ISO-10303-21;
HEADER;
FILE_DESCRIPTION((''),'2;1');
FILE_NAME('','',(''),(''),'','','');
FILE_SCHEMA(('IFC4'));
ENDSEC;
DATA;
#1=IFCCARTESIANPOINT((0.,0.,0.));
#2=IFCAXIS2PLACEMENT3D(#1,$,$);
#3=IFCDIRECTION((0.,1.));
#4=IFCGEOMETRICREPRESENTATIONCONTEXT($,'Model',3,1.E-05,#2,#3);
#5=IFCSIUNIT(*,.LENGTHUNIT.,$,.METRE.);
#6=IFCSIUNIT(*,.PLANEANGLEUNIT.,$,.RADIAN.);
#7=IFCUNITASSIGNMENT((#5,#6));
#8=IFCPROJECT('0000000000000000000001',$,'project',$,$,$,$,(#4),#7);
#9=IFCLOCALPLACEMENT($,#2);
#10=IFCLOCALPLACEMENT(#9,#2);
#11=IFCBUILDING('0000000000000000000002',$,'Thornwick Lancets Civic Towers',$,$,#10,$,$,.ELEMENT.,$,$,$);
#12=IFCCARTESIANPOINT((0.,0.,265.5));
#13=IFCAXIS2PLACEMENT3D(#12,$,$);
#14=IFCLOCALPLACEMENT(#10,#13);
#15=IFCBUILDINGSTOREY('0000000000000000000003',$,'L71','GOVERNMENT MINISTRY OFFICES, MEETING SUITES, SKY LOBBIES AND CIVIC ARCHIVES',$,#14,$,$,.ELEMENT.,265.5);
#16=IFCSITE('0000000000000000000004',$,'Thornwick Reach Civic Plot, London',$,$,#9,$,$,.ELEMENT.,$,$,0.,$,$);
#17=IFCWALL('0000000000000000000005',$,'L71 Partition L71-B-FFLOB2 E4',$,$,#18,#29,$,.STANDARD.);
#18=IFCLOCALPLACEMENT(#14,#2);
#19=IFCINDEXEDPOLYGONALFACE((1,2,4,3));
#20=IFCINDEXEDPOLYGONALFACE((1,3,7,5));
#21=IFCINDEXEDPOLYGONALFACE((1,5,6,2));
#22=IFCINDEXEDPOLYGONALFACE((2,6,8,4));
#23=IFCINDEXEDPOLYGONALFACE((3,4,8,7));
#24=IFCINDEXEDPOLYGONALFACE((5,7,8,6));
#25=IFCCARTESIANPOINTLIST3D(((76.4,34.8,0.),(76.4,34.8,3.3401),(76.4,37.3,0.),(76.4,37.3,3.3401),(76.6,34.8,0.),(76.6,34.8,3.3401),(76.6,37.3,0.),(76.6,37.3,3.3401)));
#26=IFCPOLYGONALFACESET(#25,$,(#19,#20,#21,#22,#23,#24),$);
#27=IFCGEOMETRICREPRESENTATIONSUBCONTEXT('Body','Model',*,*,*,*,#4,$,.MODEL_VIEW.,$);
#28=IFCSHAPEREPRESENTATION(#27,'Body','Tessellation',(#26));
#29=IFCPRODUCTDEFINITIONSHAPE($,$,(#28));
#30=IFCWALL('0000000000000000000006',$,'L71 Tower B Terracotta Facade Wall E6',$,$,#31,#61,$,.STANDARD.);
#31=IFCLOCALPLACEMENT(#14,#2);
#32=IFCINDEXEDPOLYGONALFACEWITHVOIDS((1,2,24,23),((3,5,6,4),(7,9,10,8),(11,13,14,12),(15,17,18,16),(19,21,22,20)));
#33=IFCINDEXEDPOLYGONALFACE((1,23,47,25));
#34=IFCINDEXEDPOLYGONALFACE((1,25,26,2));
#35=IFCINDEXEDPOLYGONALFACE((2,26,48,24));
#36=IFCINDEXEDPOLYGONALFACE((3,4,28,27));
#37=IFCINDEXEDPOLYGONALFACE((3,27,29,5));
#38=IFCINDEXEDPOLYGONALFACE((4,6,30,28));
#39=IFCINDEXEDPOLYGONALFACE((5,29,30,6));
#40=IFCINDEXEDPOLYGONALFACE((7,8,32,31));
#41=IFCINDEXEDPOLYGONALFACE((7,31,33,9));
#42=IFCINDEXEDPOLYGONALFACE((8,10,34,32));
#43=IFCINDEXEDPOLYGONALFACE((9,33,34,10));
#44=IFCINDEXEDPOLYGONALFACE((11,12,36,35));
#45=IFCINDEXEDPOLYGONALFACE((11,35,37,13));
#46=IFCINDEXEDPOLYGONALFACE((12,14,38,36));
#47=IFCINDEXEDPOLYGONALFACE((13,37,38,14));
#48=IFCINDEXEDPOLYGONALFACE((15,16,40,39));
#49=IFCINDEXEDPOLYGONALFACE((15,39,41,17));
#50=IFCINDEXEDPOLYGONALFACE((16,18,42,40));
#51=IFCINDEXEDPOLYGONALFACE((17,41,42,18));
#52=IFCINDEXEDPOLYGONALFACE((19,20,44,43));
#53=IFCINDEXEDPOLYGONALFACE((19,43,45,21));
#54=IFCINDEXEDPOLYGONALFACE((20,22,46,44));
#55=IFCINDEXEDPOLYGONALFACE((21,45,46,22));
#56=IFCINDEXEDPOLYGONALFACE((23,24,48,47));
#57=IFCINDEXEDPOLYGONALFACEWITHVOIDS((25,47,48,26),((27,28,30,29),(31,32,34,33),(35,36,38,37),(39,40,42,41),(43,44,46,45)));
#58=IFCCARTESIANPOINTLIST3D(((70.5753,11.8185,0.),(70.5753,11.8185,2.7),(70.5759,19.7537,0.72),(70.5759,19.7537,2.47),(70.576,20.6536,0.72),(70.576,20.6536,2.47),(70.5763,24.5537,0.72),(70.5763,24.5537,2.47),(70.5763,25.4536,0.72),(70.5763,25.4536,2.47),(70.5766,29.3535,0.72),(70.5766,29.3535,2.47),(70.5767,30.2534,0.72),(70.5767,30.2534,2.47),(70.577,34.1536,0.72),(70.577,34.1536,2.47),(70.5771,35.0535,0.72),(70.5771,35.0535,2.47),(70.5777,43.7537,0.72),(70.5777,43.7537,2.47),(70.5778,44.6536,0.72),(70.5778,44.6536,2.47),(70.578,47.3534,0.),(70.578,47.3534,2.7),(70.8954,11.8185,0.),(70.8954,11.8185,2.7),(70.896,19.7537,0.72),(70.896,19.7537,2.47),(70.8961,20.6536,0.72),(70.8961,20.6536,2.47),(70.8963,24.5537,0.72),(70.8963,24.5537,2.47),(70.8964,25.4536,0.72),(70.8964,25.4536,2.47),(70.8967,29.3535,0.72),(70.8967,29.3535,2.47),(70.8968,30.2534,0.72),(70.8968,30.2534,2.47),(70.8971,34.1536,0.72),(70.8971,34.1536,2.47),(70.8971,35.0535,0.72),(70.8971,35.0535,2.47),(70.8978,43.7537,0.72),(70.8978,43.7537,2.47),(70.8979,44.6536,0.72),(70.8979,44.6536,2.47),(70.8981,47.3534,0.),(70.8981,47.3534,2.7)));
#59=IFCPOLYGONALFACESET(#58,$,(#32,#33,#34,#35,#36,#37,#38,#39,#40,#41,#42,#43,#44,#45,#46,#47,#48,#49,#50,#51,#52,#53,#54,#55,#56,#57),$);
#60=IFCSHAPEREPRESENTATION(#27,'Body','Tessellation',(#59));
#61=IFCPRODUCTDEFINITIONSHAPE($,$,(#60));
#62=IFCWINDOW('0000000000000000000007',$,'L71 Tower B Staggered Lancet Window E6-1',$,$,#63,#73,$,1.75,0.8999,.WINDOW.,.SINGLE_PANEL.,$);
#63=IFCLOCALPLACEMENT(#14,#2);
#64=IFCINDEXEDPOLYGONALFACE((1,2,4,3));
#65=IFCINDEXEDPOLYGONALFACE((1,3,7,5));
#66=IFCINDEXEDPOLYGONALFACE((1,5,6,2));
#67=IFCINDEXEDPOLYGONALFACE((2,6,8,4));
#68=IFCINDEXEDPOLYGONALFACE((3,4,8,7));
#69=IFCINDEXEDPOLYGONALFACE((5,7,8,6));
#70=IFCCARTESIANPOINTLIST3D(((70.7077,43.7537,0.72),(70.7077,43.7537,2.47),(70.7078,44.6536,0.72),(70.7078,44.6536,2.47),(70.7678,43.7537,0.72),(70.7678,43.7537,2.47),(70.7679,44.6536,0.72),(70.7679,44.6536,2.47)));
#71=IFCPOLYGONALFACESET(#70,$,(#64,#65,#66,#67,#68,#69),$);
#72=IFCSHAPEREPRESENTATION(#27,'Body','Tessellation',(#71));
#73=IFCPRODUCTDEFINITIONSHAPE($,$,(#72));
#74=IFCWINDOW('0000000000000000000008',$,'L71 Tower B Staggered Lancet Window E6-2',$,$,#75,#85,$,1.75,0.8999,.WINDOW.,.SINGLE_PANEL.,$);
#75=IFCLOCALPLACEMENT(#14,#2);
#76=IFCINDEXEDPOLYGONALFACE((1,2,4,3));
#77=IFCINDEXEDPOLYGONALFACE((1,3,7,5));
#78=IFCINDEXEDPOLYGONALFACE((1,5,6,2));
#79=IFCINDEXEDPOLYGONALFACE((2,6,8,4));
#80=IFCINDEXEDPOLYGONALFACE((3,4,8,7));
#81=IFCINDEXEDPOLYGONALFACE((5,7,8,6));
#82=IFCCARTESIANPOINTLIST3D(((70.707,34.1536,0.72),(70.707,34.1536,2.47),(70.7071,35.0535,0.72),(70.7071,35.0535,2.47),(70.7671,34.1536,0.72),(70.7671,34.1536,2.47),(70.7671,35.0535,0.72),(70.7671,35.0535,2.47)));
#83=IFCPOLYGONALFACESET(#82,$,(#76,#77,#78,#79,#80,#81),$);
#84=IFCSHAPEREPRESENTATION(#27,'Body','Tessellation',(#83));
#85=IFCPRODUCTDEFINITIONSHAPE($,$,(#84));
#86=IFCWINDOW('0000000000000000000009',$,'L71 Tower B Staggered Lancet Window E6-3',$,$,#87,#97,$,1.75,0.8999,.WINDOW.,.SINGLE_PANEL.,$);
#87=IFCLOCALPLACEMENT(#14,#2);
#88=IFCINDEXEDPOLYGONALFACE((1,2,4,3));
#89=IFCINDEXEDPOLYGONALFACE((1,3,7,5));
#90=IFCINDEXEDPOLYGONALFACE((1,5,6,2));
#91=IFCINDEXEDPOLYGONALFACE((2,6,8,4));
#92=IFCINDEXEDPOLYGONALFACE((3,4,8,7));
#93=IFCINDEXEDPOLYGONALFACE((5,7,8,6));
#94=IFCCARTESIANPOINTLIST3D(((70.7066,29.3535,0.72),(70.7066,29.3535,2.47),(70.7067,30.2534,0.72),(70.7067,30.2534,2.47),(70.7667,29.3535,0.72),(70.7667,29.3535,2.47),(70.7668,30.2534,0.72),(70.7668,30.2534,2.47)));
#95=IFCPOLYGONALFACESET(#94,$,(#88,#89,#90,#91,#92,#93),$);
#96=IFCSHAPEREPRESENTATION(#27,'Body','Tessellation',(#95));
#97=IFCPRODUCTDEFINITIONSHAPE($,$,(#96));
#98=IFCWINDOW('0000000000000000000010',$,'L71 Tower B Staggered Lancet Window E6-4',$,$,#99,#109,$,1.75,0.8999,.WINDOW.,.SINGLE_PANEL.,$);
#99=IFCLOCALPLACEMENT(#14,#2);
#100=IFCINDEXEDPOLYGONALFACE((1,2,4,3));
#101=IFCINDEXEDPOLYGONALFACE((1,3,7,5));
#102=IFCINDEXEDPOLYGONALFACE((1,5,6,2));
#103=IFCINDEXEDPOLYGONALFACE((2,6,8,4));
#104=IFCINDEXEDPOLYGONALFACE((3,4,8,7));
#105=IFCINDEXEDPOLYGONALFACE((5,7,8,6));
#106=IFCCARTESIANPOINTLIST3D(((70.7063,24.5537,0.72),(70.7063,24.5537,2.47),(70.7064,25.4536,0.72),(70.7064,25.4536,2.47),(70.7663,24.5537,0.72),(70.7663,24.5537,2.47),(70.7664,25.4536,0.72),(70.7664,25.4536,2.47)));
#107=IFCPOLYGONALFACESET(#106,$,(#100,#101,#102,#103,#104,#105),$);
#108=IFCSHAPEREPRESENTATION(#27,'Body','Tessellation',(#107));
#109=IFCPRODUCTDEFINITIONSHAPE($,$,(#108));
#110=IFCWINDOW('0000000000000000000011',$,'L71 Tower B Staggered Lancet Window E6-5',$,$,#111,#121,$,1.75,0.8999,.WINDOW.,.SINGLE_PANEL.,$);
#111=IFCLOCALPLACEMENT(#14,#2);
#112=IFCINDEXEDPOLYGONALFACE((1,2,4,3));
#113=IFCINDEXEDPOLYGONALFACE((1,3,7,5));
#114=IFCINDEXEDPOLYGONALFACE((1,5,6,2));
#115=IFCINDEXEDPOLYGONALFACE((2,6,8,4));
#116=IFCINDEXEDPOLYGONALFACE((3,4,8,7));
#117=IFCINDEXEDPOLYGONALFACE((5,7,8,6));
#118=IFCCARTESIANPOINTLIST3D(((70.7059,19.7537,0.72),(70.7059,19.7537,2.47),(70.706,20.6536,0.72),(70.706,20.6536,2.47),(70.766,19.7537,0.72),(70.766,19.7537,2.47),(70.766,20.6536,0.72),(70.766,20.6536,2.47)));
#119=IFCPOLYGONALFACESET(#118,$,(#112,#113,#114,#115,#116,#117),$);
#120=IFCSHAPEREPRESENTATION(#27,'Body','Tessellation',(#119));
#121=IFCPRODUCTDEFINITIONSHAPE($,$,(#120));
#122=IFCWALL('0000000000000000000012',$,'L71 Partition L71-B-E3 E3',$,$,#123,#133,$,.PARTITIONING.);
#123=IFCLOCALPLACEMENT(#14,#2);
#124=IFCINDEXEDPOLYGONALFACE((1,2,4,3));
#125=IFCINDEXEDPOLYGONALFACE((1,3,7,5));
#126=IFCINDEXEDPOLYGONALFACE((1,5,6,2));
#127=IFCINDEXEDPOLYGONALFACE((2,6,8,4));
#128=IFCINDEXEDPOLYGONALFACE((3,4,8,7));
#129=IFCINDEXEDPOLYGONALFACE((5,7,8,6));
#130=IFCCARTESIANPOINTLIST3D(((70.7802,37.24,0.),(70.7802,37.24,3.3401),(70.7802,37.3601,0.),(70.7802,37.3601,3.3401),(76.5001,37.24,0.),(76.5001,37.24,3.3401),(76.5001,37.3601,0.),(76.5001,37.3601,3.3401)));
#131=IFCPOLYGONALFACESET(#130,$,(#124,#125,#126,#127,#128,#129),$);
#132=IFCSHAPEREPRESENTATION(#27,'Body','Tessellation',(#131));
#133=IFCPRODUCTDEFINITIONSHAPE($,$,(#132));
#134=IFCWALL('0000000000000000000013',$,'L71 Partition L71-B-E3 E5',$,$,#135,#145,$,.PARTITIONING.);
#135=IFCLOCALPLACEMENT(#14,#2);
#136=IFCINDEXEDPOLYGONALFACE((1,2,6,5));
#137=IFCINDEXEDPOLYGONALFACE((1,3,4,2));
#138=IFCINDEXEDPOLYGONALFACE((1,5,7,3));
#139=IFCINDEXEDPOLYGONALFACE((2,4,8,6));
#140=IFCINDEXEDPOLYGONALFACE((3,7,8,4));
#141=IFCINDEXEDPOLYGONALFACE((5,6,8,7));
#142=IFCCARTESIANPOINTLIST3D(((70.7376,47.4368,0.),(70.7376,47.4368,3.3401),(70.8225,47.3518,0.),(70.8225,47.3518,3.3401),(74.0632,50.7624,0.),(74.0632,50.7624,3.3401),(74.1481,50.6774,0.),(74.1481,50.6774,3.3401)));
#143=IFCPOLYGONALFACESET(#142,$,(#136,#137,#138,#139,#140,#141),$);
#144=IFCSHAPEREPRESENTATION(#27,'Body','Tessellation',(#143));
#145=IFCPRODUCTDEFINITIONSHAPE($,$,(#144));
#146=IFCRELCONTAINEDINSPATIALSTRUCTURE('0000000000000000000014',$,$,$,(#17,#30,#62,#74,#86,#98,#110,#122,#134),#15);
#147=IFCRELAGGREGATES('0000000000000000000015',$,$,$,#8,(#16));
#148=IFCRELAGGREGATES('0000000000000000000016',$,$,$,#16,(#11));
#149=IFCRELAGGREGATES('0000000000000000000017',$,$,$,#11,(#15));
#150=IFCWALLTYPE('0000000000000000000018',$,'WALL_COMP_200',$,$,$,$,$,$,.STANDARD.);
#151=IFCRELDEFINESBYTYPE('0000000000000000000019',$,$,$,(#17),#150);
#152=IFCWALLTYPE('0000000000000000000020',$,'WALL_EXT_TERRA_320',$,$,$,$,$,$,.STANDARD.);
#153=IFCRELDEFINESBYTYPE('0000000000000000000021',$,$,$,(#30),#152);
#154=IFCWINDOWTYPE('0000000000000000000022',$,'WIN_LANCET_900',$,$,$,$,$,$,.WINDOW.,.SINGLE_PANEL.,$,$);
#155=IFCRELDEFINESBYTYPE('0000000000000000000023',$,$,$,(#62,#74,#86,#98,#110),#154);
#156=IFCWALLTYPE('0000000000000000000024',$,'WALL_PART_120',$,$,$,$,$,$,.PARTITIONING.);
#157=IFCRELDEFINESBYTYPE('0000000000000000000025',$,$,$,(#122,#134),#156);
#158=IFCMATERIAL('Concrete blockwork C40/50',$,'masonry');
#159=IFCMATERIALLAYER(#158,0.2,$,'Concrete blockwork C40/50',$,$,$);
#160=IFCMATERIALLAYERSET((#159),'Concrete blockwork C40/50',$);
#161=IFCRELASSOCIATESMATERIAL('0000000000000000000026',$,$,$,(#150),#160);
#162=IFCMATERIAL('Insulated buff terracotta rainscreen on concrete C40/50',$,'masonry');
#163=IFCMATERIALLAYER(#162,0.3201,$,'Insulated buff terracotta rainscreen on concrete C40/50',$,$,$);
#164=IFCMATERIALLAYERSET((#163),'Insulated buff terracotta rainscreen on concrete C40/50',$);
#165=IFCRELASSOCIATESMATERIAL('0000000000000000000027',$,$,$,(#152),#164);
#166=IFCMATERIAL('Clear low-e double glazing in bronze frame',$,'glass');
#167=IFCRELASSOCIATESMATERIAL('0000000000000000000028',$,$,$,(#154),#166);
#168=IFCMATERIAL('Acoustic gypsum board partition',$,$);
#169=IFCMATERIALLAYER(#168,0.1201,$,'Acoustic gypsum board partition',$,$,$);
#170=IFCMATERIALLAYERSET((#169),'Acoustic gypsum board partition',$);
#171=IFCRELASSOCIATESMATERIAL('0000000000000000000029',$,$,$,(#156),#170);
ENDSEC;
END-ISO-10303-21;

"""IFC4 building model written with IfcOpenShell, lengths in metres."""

from ifc_helpers import new_model, si_unit, direction, frame, frame_2d, origin, place, context, subcontext, project, spatial, rectangle, extrude, material, layer, layer_set, type_object, element, fill, save


model = new_model("IFC4")

# Units and contexts
model_context = context("Model", 3, precision=1e-05, world=origin(), true_north=direction((0.0, 1.0)))
body_context = subcontext(model_context, "Body", "Model", "MODEL_VIEW")
ifc_project = project(units=[si_unit("LENGTHUNIT", "METRE"), si_unit("PLANEANGLEUNIT", "RADIAN")], contexts=[model_context])

# Site, building, storey
site_placement = place(None, origin())
site = spatial("IfcSite", under=ifc_project, at=site_placement, Name="Thornwick Reach Civic Plot, London", CompositionType="ELEMENT", RefElevation=0.0)
building_placement = place(site_placement, origin())
building = spatial("IfcBuilding", under=site, at=building_placement, Name="Thornwick Lancets Civic Towers", CompositionType="ELEMENT")
storey_placement = place(building_placement, frame((0.0, 0.0, 265.5)))
storey = spatial("IfcBuildingStorey", under=building, at=storey_placement, Name="L71", Description="GOVERNMENT MINISTRY OFFICES, MEETING SUITES, SKY LOBBIES AND CIVIC ARCHIVES", CompositionType="ELEMENT", Elevation=265.5)

# Wall
ifc_material_1 = material(Name="Concrete blockwork C40/50", Category="masonry")
ifc_layer_1 = layer(ifc_material_1, 0.2, Name="Concrete blockwork C40/50")
ifc_layer_set_1 = layer_set([ifc_layer_1], Name="Concrete blockwork C40/50")
wall_type_1 = type_object("IfcWallType", Name="WALL_COMP_200", PredefinedType="STANDARD", material=ifc_layer_set_1)
wall_1_placement = place(storey_placement, frame((76.5, 37.3, 0.0), z_axis=(0.0, 0.0, 1.0), x_axis=(0.0, -1.0, 0.0)))
element("IfcWall", 1, at=wall_1_placement, inside=storey, type_object=wall_type_1, Name="L71 Partition L71-B-FFLOB2 E4", PredefinedType="STANDARD", context=body_context, shape_type="SweptSolid", body=[
    extrude(rectangle(XDim=2.5, YDim=0.2, at=frame_2d((1.25, 0.0))), origin(), (0.0, 0.0, 1.0), 3.3401),
])

# Wall, openings, windows
ifc_material_2 = material(Name="Insulated buff terracotta rainscreen on concrete C40/50", Category="masonry")
ifc_layer_2 = layer(ifc_material_2, 0.3201, Name="Insulated buff terracotta rainscreen on concrete C40/50")
ifc_layer_set_2 = layer_set([ifc_layer_2], Name="Insulated buff terracotta rainscreen on concrete C40/50")
wall_type_2 = type_object("IfcWallType", Name="WALL_EXT_TERRA_320", PredefinedType="STANDARD", material=ifc_layer_set_2)
wall_2_placement = place(storey_placement, frame((70.738, 47.3535, 0.0), z_axis=(0.0, 0.0, 1.0), x_axis=(-0.000076, -1.0, 0.0)))
wall_2 = element("IfcWall", 2, at=wall_2_placement, inside=storey, type_object=wall_type_2, Name="L71 Tower B Terracotta Facade Wall E6", PredefinedType="STANDARD", context=body_context, shape_type="SweptSolid", body=[
    extrude(rectangle(XDim=35.5349, YDim=0.3201, at=frame_2d((17.7676, 0.0))), origin(), (0.0, 0.0, 1.0), 2.7),
])
opening_1_placement = place(wall_2_placement, frame((2.7, 0.0, 0.72)))
opening_1 = element("IfcOpeningElement", 3, at=opening_1_placement, cuts=wall_2, PredefinedType="OPENING", context=body_context, shape_type="SweptSolid", body=[
    extrude(rectangle(XDim=0.8999, YDim=1.75, at=frame_2d((0.45, 0.875))), frame((0.0, 0.1699, 0.0), z_axis=(0.0, -1.0, 0.0), x_axis=(1.0, 0.0, 0.0)), (0.0, 0.0, 1.0), 0.3401),
])
opening_2_placement = place(wall_2_placement, frame((12.3, 0.0, 0.72)))
opening_2 = element("IfcOpeningElement", 4, at=opening_2_placement, cuts=wall_2, PredefinedType="OPENING", context=body_context, shape_type="SweptSolid", body=[
    extrude(rectangle(XDim=0.8999, YDim=1.75, at=frame_2d((0.45, 0.875))), frame((0.0, 0.1699, 0.0), z_axis=(0.0, -1.0, 0.0), x_axis=(1.0, 0.0, 0.0)), (0.0, 0.0, 1.0), 0.3401),
])
opening_3_placement = place(wall_2_placement, frame((17.1001, 0.0, 0.72)))
opening_3 = element("IfcOpeningElement", 5, at=opening_3_placement, cuts=wall_2, PredefinedType="OPENING", context=body_context, shape_type="SweptSolid", body=[
    extrude(rectangle(XDim=0.8999, YDim=1.75, at=frame_2d((0.45, 0.875))), frame((0.0, 0.1699, 0.0), z_axis=(0.0, -1.0, 0.0), x_axis=(1.0, 0.0, 0.0)), (0.0, 0.0, 1.0), 0.3401),
])
opening_4_placement = place(wall_2_placement, frame((21.8999, 0.0, 0.72)))
opening_4 = element("IfcOpeningElement", 6, at=opening_4_placement, cuts=wall_2, PredefinedType="OPENING", context=body_context, shape_type="SweptSolid", body=[
    extrude(rectangle(XDim=0.8999, YDim=1.75, at=frame_2d((0.45, 0.875))), frame((0.0, 0.1699, 0.0), z_axis=(0.0, -1.0, 0.0), x_axis=(1.0, 0.0, 0.0)), (0.0, 0.0, 1.0), 0.3401),
])
opening_5_placement = place(wall_2_placement, frame((26.7, 0.0, 0.72)))
opening_5 = element("IfcOpeningElement", 7, at=opening_5_placement, cuts=wall_2, PredefinedType="OPENING", context=body_context, shape_type="SweptSolid", body=[
    extrude(rectangle(XDim=0.8999, YDim=1.75, at=frame_2d((0.45, 0.875))), frame((0.0, 0.1699, 0.0), z_axis=(0.0, -1.0, 0.0), x_axis=(1.0, 0.0, 0.0)), (0.0, 0.0, 1.0), 0.3401),
])
ifc_material_3 = material(Name="Clear low-e double glazing in bronze frame", Category="glass")
window_type = type_object("IfcWindowType", Name="WIN_LANCET_900", PartitioningType="SINGLE_PANEL", PredefinedType="WINDOW", material=ifc_material_3)
window_1_placement = place(opening_1_placement, origin())
window_1 = element("IfcWindow", 8, at=window_1_placement, inside=storey, type_object=window_type, Name="L71 Tower B Staggered Lancet Window E6-1", OverallHeight=1.75, OverallWidth=0.8999, PartitioningType="SINGLE_PANEL", PredefinedType="WINDOW", context=body_context, shape_type="SweptSolid", body=[
    extrude(rectangle(XDim=0.8999, YDim=1.75, at=frame_2d((0.45, 0.875))), frame((0.0, 0.03, 0.0), z_axis=(0.0, -1.0, 0.0), x_axis=(1.0, 0.0, 0.0)), (0.0, 0.0, 1.0), 0.0601),
])
fill(opening_1, window_1)
window_2_placement = place(opening_2_placement, origin())
window_2 = element("IfcWindow", 9, at=window_2_placement, inside=storey, type_object=window_type, Name="L71 Tower B Staggered Lancet Window E6-2", OverallHeight=1.75, OverallWidth=0.8999, PartitioningType="SINGLE_PANEL", PredefinedType="WINDOW", context=body_context, shape_type="SweptSolid", body=[
    extrude(rectangle(XDim=0.8999, YDim=1.75, at=frame_2d((0.45, 0.875))), frame((0.0, 0.03, 0.0), z_axis=(0.0, -1.0, 0.0), x_axis=(1.0, 0.0, 0.0)), (0.0, 0.0, 1.0), 0.0601),
])
fill(opening_2, window_2)
window_3_placement = place(opening_3_placement, origin())
window_3 = element("IfcWindow", 10, at=window_3_placement, inside=storey, type_object=window_type, Name="L71 Tower B Staggered Lancet Window E6-3", OverallHeight=1.75, OverallWidth=0.8999, PartitioningType="SINGLE_PANEL", PredefinedType="WINDOW", context=body_context, shape_type="SweptSolid", body=[
    extrude(rectangle(XDim=0.8999, YDim=1.75, at=frame_2d((0.45, 0.875))), frame((0.0, 0.03, 0.0), z_axis=(0.0, -1.0, 0.0), x_axis=(1.0, 0.0, 0.0)), (0.0, 0.0, 1.0), 0.0601),
])
fill(opening_3, window_3)
window_4_placement = place(opening_4_placement, origin())
window_4 = element("IfcWindow", 11, at=window_4_placement, inside=storey, type_object=window_type, Name="L71 Tower B Staggered Lancet Window E6-4", OverallHeight=1.75, OverallWidth=0.8999, PartitioningType="SINGLE_PANEL", PredefinedType="WINDOW", context=body_context, shape_type="SweptSolid", body=[
    extrude(rectangle(XDim=0.8999, YDim=1.75, at=frame_2d((0.45, 0.875))), frame((0.0, 0.03, 0.0), z_axis=(0.0, -1.0, 0.0), x_axis=(1.0, 0.0, 0.0)), (0.0, 0.0, 1.0), 0.0601),
])
fill(opening_4, window_4)
window_5_placement = place(opening_5_placement, origin())
window_5 = element("IfcWindow", 12, at=window_5_placement, inside=storey, type_object=window_type, Name="L71 Tower B Staggered Lancet Window E6-5", OverallHeight=1.75, OverallWidth=0.8999, PartitioningType="SINGLE_PANEL", PredefinedType="WINDOW", context=body_context, shape_type="SweptSolid", body=[
    extrude(rectangle(XDim=0.8999, YDim=1.75, at=frame_2d((0.45, 0.875))), frame((0.0, 0.03, 0.0), z_axis=(0.0, -1.0, 0.0), x_axis=(1.0, 0.0, 0.0)), (0.0, 0.0, 1.0), 0.0601),
])
fill(opening_5, window_5)

# Walls
ifc_material_4 = material(Name="Acoustic gypsum board partition")
ifc_layer_3 = layer(ifc_material_4, 0.1201, Name="Acoustic gypsum board partition")
ifc_layer_set_3 = layer_set([ifc_layer_3], Name="Acoustic gypsum board partition")
wall_type_3 = type_object("IfcWallType", Name="WALL_PART_120", PredefinedType="PARTITIONING", material=ifc_layer_set_3)
wall_3_placement = place(storey_placement, frame((76.5, 37.3, 0.0), z_axis=(0.0, 0.0, 1.0), x_axis=(-1.0, 0.0, 0.0)))
element("IfcWall", 13, at=wall_3_placement, inside=storey, type_object=wall_type_3, Name="L71 Partition L71-B-E3 E3", PredefinedType="PARTITIONING", context=body_context, shape_type="SweptSolid", body=[
    extrude(rectangle(XDim=5.72, YDim=0.1201, at=frame_2d((2.8599, 0.0))), origin(), (0.0, 0.0, 1.0), 3.3401),
])
wall_4_placement = place(storey_placement, frame((70.78, 47.3943, 0.0), z_axis=(0.0, 0.0, 1.0), x_axis=(0.707107, 0.707107, 0.0)))
element("IfcWall", 14, at=wall_4_placement, inside=storey, type_object=wall_type_3, Name="L71 Partition L71-B-E3 E5", PredefinedType="PARTITIONING", context=body_context, shape_type="SweptSolid", body=[
    extrude(rectangle(XDim=4.7031, YDim=0.1201, at=frame_2d((2.3516, 0.0))), origin(), (0.0, 0.0, 1.0), 3.3401),
])

save(model, "model.ifc")
